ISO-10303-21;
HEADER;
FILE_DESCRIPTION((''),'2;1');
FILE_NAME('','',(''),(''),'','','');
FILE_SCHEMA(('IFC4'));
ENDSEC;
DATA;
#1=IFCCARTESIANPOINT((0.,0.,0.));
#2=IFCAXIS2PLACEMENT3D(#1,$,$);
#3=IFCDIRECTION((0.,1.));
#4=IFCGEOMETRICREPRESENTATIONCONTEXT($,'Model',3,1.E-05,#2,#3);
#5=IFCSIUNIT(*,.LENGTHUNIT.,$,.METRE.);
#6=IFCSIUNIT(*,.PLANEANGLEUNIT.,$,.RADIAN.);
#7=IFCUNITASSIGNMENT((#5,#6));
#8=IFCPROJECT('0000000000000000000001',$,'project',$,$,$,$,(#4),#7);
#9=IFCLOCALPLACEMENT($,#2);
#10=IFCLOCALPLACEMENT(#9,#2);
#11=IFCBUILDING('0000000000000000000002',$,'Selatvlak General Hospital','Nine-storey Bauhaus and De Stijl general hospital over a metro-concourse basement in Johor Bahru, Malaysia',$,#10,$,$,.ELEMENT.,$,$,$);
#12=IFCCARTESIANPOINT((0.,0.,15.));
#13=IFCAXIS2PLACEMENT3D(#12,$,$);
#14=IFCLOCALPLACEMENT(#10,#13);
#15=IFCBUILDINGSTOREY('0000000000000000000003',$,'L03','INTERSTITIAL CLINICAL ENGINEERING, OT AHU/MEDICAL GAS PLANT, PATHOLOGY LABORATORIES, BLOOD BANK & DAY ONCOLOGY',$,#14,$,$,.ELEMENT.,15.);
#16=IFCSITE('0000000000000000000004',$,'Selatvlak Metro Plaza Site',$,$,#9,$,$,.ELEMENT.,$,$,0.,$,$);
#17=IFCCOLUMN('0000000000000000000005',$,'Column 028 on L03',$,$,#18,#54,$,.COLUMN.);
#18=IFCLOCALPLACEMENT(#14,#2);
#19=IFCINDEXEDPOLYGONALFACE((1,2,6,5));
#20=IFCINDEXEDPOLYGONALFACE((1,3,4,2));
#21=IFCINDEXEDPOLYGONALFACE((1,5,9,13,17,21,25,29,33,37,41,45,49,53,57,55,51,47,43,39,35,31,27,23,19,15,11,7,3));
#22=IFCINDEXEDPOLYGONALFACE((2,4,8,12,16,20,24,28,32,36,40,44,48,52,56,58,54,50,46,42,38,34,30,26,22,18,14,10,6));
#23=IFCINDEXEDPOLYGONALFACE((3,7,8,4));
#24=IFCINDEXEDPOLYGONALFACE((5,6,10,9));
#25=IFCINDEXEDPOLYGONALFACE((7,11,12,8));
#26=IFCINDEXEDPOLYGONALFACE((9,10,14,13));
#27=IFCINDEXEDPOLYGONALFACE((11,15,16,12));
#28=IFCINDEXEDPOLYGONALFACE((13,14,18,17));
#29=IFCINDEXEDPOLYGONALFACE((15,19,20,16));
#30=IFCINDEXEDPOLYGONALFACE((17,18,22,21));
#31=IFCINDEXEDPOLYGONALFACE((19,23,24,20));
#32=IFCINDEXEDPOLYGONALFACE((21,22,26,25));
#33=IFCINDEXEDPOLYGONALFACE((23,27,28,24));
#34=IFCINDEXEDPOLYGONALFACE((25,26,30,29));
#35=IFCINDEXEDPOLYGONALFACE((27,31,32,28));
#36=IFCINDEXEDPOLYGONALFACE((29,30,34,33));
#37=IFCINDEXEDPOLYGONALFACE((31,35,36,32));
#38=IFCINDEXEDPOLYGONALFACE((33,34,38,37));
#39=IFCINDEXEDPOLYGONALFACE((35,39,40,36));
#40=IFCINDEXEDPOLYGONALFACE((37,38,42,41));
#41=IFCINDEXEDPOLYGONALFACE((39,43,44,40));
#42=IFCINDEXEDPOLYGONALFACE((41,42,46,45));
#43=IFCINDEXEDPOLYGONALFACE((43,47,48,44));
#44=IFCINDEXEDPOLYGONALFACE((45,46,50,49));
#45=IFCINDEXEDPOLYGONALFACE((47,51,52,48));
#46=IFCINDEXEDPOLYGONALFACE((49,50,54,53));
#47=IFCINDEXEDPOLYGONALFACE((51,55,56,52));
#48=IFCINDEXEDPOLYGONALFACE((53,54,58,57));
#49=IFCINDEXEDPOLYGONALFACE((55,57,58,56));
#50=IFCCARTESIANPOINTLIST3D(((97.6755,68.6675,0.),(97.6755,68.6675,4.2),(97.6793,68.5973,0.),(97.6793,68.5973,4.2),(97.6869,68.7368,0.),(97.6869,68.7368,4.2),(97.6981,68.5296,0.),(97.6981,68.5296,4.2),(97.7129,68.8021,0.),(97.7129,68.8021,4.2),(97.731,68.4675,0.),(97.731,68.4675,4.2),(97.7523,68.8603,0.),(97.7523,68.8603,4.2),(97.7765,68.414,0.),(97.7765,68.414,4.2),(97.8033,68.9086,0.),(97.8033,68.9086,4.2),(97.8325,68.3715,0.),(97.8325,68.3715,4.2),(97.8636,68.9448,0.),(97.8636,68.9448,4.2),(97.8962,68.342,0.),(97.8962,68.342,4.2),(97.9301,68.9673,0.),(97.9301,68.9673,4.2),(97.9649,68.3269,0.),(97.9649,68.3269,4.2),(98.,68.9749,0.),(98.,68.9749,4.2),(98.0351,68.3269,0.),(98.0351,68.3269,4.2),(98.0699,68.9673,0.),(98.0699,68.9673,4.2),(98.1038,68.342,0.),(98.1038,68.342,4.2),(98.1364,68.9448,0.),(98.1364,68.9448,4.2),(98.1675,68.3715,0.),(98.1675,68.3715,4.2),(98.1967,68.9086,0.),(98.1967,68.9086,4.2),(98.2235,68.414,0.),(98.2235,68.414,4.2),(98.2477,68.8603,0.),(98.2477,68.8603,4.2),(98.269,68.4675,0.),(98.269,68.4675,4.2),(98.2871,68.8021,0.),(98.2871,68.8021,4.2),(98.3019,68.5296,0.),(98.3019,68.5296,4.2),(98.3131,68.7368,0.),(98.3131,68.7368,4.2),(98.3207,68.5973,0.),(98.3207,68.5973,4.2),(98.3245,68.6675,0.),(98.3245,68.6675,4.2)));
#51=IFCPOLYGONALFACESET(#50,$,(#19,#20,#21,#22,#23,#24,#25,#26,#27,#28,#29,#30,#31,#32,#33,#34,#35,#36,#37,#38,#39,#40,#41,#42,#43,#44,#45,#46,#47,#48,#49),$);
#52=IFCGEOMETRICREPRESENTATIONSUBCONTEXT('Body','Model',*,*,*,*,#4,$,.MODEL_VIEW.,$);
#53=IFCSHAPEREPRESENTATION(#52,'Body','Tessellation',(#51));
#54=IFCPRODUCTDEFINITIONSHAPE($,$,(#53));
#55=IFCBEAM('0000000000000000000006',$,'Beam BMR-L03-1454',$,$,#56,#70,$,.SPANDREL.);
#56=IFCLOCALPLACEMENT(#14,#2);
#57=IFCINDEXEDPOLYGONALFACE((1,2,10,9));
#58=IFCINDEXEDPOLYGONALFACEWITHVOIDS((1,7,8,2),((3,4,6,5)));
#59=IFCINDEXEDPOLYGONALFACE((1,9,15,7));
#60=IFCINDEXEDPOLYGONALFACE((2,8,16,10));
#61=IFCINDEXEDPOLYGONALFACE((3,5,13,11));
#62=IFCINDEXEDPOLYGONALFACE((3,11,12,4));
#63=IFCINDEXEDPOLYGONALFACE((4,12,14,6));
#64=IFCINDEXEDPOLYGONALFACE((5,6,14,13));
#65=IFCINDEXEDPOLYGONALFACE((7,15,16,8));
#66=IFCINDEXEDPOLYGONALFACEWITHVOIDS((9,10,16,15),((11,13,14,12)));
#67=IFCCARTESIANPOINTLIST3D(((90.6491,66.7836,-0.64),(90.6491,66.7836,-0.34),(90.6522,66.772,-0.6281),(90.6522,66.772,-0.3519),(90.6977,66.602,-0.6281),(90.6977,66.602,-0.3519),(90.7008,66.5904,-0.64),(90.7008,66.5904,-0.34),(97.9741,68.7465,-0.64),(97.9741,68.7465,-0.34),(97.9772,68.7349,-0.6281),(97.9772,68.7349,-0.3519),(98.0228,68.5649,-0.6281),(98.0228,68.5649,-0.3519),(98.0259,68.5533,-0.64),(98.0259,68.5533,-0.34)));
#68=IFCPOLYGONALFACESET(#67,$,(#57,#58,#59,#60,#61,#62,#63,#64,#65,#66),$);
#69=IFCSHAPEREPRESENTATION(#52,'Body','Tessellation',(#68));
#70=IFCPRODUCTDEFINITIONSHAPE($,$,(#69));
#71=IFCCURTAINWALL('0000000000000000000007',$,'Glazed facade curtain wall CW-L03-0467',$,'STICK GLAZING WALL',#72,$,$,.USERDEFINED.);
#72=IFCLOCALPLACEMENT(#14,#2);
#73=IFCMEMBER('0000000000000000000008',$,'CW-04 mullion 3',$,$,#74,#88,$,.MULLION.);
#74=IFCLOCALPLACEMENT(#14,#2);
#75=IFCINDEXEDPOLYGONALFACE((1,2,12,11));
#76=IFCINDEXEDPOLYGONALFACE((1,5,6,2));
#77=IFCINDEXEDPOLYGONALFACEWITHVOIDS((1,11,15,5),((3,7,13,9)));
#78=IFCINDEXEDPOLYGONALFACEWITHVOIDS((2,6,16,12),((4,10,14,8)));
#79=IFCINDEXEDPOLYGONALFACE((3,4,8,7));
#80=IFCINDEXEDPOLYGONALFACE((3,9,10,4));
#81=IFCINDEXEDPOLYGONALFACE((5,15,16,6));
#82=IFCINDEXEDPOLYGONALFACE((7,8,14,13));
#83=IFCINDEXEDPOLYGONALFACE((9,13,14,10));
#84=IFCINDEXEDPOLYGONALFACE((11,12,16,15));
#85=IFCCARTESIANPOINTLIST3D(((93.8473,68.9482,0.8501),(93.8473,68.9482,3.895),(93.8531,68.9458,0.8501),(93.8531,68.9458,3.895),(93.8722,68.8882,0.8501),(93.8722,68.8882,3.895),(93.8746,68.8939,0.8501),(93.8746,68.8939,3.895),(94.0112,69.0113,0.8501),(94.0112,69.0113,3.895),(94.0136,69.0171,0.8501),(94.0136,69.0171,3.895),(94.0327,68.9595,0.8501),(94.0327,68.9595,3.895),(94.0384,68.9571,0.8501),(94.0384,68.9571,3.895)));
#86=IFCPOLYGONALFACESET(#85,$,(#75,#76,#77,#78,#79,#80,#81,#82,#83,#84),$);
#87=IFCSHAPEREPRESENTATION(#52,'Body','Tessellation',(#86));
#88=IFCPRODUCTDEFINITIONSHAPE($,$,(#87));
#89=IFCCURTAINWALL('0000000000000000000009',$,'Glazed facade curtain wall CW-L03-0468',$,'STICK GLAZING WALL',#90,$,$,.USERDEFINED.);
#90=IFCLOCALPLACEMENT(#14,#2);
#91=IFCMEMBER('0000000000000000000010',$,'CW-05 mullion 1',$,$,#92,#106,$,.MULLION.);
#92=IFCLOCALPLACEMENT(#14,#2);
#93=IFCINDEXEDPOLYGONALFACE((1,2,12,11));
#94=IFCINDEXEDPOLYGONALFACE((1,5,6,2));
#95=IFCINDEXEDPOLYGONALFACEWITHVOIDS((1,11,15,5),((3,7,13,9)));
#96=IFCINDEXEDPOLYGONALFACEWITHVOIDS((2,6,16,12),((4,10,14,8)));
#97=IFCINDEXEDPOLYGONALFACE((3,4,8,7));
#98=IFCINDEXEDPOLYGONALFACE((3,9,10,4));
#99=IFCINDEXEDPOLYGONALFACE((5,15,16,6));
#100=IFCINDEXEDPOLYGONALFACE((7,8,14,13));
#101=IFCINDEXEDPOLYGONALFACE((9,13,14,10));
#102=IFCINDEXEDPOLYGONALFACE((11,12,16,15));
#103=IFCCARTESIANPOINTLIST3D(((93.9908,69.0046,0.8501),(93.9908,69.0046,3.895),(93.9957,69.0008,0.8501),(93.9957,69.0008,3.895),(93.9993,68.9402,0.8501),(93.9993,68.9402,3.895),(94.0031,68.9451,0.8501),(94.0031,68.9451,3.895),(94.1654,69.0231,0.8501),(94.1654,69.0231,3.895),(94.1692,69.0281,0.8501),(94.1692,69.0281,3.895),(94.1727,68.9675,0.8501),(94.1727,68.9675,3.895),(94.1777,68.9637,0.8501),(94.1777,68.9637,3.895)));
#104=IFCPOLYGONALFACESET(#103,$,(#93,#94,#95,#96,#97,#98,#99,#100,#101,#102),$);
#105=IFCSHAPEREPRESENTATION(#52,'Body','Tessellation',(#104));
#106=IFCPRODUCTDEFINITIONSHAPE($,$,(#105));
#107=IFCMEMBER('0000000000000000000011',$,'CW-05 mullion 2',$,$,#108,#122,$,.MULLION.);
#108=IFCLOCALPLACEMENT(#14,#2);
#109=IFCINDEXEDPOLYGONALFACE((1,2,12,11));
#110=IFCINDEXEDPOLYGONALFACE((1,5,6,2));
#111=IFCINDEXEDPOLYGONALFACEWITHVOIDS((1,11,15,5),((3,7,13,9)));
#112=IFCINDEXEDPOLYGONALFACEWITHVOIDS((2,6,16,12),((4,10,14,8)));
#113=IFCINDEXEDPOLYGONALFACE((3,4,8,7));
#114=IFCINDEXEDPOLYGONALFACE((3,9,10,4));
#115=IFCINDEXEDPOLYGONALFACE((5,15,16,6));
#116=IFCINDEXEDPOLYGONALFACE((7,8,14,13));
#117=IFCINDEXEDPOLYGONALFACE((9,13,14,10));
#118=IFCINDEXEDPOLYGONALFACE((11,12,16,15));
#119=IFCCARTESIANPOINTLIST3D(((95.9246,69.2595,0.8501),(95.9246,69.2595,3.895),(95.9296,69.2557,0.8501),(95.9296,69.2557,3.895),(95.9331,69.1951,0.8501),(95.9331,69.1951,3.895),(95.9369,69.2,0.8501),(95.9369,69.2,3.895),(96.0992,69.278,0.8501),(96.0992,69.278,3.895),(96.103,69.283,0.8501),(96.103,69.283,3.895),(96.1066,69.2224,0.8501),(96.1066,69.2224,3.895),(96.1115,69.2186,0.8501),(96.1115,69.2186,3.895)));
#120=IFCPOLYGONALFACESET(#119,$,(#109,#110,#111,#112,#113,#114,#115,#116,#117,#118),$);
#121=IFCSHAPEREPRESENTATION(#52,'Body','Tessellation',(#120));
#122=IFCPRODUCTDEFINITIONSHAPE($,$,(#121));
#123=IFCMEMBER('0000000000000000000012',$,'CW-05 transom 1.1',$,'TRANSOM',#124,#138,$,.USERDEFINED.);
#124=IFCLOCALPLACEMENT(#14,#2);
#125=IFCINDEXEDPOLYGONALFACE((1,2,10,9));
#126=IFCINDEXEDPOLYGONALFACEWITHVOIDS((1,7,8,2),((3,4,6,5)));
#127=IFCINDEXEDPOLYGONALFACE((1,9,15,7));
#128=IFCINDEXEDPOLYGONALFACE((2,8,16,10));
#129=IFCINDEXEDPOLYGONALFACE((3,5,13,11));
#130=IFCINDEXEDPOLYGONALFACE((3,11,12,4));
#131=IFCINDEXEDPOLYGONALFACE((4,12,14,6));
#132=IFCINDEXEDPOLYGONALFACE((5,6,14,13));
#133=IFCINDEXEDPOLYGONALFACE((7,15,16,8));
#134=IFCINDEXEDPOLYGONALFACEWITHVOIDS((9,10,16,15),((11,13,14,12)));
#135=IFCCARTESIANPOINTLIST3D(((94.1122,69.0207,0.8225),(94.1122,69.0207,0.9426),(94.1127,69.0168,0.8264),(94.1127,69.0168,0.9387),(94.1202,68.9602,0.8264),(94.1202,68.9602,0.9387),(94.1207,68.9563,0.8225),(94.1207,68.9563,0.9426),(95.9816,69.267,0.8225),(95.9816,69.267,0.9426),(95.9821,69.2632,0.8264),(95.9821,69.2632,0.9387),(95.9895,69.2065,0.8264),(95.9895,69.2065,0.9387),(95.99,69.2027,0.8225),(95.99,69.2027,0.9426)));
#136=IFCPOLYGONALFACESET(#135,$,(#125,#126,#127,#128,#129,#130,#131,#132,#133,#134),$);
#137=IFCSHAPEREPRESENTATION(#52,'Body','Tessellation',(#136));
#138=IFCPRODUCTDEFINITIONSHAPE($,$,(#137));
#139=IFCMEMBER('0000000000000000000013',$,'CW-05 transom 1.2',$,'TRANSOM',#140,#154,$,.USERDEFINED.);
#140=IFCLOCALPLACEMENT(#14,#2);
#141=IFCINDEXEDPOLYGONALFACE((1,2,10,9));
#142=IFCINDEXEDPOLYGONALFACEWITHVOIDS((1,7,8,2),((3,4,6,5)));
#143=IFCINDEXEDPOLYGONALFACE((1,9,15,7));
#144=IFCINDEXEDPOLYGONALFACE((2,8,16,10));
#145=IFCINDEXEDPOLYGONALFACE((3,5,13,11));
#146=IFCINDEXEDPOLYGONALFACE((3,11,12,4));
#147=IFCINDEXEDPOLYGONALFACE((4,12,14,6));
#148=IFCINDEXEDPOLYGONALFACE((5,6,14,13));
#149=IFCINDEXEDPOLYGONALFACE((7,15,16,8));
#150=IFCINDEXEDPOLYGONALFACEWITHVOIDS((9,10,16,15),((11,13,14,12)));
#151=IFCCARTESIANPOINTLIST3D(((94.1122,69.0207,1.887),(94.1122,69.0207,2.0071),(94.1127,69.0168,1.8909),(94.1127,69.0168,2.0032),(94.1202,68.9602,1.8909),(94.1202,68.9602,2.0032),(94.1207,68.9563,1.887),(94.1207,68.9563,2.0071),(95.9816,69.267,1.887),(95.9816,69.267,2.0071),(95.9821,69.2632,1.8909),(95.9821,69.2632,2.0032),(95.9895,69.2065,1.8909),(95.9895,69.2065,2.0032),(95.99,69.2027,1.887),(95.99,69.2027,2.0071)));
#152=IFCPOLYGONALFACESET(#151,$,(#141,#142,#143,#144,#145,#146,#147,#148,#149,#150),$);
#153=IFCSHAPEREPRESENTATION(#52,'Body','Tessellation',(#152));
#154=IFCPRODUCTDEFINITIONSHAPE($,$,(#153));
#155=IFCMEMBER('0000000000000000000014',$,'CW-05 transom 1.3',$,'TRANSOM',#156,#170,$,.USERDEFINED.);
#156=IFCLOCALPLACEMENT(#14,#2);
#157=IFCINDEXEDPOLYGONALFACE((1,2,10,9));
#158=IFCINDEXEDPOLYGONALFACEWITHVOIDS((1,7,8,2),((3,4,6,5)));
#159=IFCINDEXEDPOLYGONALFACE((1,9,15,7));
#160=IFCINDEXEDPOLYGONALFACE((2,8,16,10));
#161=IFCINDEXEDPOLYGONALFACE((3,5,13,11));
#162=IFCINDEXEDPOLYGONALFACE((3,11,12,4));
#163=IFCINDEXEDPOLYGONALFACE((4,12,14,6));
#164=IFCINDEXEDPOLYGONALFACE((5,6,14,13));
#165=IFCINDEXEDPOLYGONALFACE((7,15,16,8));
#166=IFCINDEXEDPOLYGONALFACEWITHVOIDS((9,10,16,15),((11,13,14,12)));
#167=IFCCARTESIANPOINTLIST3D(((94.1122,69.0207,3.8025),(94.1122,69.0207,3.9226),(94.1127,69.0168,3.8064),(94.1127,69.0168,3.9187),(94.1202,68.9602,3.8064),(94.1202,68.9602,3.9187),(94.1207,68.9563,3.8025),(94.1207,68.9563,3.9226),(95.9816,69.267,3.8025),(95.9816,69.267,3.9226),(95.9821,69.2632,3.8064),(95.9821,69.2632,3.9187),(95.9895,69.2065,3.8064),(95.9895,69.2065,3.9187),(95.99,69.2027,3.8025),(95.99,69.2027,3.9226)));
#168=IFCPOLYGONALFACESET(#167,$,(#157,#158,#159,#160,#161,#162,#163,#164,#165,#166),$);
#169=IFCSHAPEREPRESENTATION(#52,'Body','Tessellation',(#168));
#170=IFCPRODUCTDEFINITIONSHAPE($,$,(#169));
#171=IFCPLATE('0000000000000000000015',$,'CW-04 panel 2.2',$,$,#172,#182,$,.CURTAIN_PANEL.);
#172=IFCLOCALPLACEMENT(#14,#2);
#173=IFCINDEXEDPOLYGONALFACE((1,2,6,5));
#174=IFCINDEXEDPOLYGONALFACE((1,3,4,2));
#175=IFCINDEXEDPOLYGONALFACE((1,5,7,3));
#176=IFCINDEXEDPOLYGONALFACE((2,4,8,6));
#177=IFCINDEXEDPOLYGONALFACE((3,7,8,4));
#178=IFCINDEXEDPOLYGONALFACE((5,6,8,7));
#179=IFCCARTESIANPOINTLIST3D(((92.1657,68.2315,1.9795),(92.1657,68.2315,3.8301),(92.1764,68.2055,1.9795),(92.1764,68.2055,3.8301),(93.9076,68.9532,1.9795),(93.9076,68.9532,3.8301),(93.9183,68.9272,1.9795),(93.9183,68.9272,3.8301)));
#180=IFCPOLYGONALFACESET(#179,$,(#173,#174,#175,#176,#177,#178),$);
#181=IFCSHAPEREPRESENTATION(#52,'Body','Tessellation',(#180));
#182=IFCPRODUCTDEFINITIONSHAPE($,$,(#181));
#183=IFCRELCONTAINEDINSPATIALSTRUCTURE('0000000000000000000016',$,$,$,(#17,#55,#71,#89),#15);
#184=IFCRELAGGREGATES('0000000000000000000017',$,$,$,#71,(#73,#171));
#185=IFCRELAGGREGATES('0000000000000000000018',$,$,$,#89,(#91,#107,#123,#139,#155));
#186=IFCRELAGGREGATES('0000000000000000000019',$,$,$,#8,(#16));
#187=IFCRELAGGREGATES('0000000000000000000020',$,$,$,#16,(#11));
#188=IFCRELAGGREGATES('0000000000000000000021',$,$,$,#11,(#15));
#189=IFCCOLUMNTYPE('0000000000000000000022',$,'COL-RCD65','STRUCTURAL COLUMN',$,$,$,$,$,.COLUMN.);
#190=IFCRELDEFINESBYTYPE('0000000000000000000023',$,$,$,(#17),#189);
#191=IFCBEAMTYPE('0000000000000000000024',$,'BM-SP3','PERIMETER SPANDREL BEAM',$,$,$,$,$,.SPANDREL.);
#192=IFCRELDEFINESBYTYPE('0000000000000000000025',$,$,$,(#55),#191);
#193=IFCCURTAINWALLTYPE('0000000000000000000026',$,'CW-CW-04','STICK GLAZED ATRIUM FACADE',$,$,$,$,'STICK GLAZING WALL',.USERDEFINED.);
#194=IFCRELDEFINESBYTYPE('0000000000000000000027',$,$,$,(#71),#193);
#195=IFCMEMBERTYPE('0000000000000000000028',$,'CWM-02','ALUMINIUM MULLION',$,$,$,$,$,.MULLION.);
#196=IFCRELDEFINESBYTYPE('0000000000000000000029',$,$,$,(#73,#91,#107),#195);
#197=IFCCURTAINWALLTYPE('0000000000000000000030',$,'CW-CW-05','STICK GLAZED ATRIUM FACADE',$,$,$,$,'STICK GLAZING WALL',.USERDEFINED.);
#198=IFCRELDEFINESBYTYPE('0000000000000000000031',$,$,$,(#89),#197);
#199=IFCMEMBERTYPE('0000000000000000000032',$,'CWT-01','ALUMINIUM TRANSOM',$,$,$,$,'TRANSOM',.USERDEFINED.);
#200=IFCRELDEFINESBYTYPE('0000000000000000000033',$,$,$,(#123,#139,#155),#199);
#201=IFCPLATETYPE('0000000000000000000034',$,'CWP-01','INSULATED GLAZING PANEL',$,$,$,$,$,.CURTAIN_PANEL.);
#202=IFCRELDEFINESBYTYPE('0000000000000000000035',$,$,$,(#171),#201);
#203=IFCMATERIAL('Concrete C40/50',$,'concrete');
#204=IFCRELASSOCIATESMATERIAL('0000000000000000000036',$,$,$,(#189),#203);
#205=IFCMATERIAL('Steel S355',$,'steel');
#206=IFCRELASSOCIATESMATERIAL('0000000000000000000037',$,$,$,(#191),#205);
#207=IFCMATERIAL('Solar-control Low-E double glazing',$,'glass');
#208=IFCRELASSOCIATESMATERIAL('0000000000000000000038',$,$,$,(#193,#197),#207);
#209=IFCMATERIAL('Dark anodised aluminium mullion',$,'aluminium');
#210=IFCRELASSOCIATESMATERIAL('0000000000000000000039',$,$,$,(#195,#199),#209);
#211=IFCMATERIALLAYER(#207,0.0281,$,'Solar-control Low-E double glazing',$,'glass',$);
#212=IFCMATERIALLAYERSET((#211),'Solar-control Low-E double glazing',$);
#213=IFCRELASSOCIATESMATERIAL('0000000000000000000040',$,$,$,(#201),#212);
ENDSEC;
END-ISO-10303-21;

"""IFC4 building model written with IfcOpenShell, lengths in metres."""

from ifc_helpers import new_model, si_unit, direction, frame, origin, origin_2d, place, context, subcontext, project, spatial, rectangle, hollow_rectangle, circle, extrude, material, layer, layer_set, material_profile, profile_set, type_object, element, aggregate, save


model = new_model("IFC4")

# Units and contexts
model_context = context("Model", 3, precision=1e-05, world=origin(), true_north=direction((0.0, 1.0)))
body_context = subcontext(model_context, "Body", "Model", "MODEL_VIEW")
ifc_project = project(units=[si_unit("LENGTHUNIT", "METRE"), si_unit("PLANEANGLEUNIT", "RADIAN")], contexts=[model_context])

# Site, building, storey
site_placement = place(None, origin())
site = spatial("IfcSite", under=ifc_project, at=site_placement, Name="Selatvlak Metro Plaza Site", CompositionType="ELEMENT", RefElevation=0.0)
building_placement = place(site_placement, origin())
building = spatial("IfcBuilding", under=site, at=building_placement, Name="Selatvlak General Hospital", Description="Nine-storey Bauhaus and De Stijl general hospital over a metro-concourse basement in Johor Bahru, Malaysia", CompositionType="ELEMENT")
storey_placement = place(building_placement, frame((0.0, 0.0, 15.0)))
storey = spatial("IfcBuildingStorey", under=building, at=storey_placement, Name="L03", Description="INTERSTITIAL CLINICAL ENGINEERING, OT AHU/MEDICAL GAS PLANT, PATHOLOGY LABORATORIES, BLOOD BANK & DAY ONCOLOGY", CompositionType="ELEMENT", Elevation=15.0)

# Column
ifc_material_1 = material(Name="Concrete C40/50", Category="concrete")
ifc_material_profile_1 = material_profile(ifc_material_1, circle(Radius=0.325, at=origin_2d()), Name="RC-COL D650")
ifc_profile_set_1 = profile_set([ifc_material_profile_1], Name="Concrete C40/50")
column_type = type_object("IfcColumnType", Name="COL-RCD65", Description="STRUCTURAL COLUMN", PredefinedType="COLUMN", material=ifc_profile_set_1)
column_placement = place(storey_placement, frame((98.0, 68.6499, 0.0), z_axis=(0.0, 0.0, 1.0), x_axis=(0.0, 1.0, 0.0)))
element("IfcColumn", 1, at=column_placement, inside=storey, type_object=column_type, Name="Column 028 on L03", PredefinedType="COLUMN", context=body_context, shape_type="SweptSolid", body=[
    extrude(circle(Radius=0.325, at=origin_2d()), origin(), (0.0, 0.0, 1.0), 4.2),
])

# Beam
ifc_material_2 = material(Name="Steel S355", Category="steel")
ifc_material_profile_2 = material_profile(ifc_material_2, hollow_rectangle(XDim=0.2, YDim=0.3, WallThickness=0.012, at=origin_2d()), Name="RHS 300x200x12")
ifc_profile_set_2 = profile_set([ifc_material_profile_2], Name="Steel S355")
beam_type = type_object("IfcBeamType", Name="BM-SP3", Description="PERIMETER SPANDREL BEAM", PredefinedType="SPANDREL", material=ifc_profile_set_2)
beam_placement = place(storey_placement, frame((98.0, 68.6499, -0.49), z_axis=(-0.96592, -0.258841, 0.0), x_axis=(0.258841, -0.96592, 0.0)))
element("IfcBeam", 2, at=beam_placement, inside=storey, type_object=beam_type, Name="Beam BMR-L03-1454", PredefinedType="SPANDREL", context=body_context, shape_type="SweptSolid", body=[
    extrude(hollow_rectangle(XDim=0.2, YDim=0.3, WallThickness=0.012, at=origin_2d()), origin(), (0.0, 0.0, 1.0), 7.5835),
])

# Curtain wall, member
ifc_material_3 = material(Name="Solar-control Low-E double glazing", Category="glass")
curtain_wall_type_1 = type_object("IfcCurtainWallType", Name="CW-CW-04", Description="STICK GLAZED ATRIUM FACADE", ElementType="STICK GLAZING WALL", PredefinedType="USERDEFINED", material=ifc_material_3)
curtain_wall_1_placement = place(storey_placement, origin())
curtain_wall_1 = element("IfcCurtainWall", 3, at=curtain_wall_1_placement, inside=storey, type_object=curtain_wall_type_1, Name="Glazed facade curtain wall CW-L03-0467", ObjectType="STICK GLAZING WALL", PredefinedType="USERDEFINED")
ifc_material_4 = material(Name="Dark anodised aluminium mullion", Category="aluminium")
ifc_material_profile_3 = material_profile(ifc_material_4, hollow_rectangle(XDim=0.0649, YDim=0.1799, WallThickness=0.0044, at=origin_2d()), Name="AL-MUL 65x180x4.5")
ifc_profile_set_3 = profile_set([ifc_material_profile_3], Name="Dark anodised aluminium mullion")
member_type_1 = type_object("IfcMemberType", Name="CWM-02", Description="ALUMINIUM MULLION", PredefinedType="MULLION", material=ifc_profile_set_3)
member_1_placement = place(storey_placement, frame((93.9429, 68.9526, 0.8501), z_axis=(0.0, 0.0, 1.0), x_axis=(-0.382753, 0.923851, 0.0)))
member_1 = element("IfcMember", 4, at=member_1_placement, type_object=member_type_1, Name="CW-04 mullion 3", PredefinedType="MULLION", context=body_context, shape_type="SweptSolid", body=[
    extrude(hollow_rectangle(XDim=0.0649, YDim=0.1799, WallThickness=0.0044, at=origin_2d()), origin(), (0.0, 0.0, 1.0), 3.0449),
])

# Curtain wall, members
curtain_wall_type_2 = type_object("IfcCurtainWallType", Name="CW-CW-05", Description="STICK GLAZED ATRIUM FACADE", ElementType="STICK GLAZING WALL", PredefinedType="USERDEFINED", material=ifc_material_3)
curtain_wall_2_placement = place(storey_placement, origin())
curtain_wall_2 = element("IfcCurtainWall", 5, at=curtain_wall_2_placement, inside=storey, type_object=curtain_wall_type_2, Name="Glazed facade curtain wall CW-L03-0468", ObjectType="STICK GLAZING WALL", PredefinedType="USERDEFINED")
member_2_placement = place(storey_placement, frame((94.0842, 68.9841, 0.8501), z_axis=(0.0, 0.0, 1.0), x_axis=(-0.130611, 0.991434, 0.0)))
member_2 = element("IfcMember", 6, at=member_2_placement, type_object=member_type_1, Name="CW-05 mullion 1", PredefinedType="MULLION", context=body_context, shape_type="SweptSolid", body=[
    extrude(hollow_rectangle(XDim=0.0649, YDim=0.1799, WallThickness=0.0044, at=origin_2d()), origin(), (0.0, 0.0, 1.0), 3.0449),
])
member_3_placement = place(storey_placement, frame((96.0181, 69.239, 0.8501), z_axis=(0.0, 0.0, 1.0), x_axis=(-0.130611, 0.991434, 0.0)))
member_3 = element("IfcMember", 7, at=member_3_placement, type_object=member_type_1, Name="CW-05 mullion 2", PredefinedType="MULLION", context=body_context, shape_type="SweptSolid", body=[
    extrude(hollow_rectangle(XDim=0.0649, YDim=0.1799, WallThickness=0.0044, at=origin_2d()), origin(), (0.0, 0.0, 1.0), 3.0449),
])
ifc_material_profile_4 = material_profile(ifc_material_4, hollow_rectangle(XDim=0.0649, YDim=0.1201, WallThickness=0.0039, at=origin_2d()), Name="AL-TRN 65x120x4")
ifc_profile_set_4 = profile_set([ifc_material_profile_4], Name="Dark anodised aluminium mullion")
member_type_2 = type_object("IfcMemberType", Name="CWT-01", Description="ALUMINIUM TRANSOM", ElementType="TRANSOM", PredefinedType="USERDEFINED", material=ifc_profile_set_4)
member_4_placement = place(storey_placement, frame((94.1165, 68.9885, 0.8826), z_axis=(0.991429, 0.130645, 0.0), x_axis=(-0.130645, 0.991429, 0.0)))
member_4 = element("IfcMember", 8, at=member_4_placement, type_object=member_type_2, Name="CW-05 transom 1.1", ObjectType="TRANSOM", PredefinedType="USERDEFINED", context=body_context, shape_type="SweptSolid", body=[
    extrude(hollow_rectangle(XDim=0.0649, YDim=0.1201, WallThickness=0.0039, at=origin_2d()), origin(), (0.0, 0.0, 1.0), 1.8855),
])
member_5_placement = place(storey_placement, frame((94.1165, 68.9885, 1.947), z_axis=(0.991429, 0.130645, 0.0), x_axis=(-0.130645, 0.991429, 0.0)))
member_5 = element("IfcMember", 9, at=member_5_placement, type_object=member_type_2, Name="CW-05 transom 1.2", ObjectType="TRANSOM", PredefinedType="USERDEFINED", context=body_context, shape_type="SweptSolid", body=[
    extrude(hollow_rectangle(XDim=0.0649, YDim=0.1201, WallThickness=0.0039, at=origin_2d()), origin(), (0.0, 0.0, 1.0), 1.8855),
])
member_6_placement = place(storey_placement, frame((94.1165, 68.9885, 3.8625), z_axis=(0.991429, 0.130645, 0.0), x_axis=(-0.130645, 0.991429, 0.0)))
member_6 = element("IfcMember", 10, at=member_6_placement, type_object=member_type_2, Name="CW-05 transom 1.3", ObjectType="TRANSOM", PredefinedType="USERDEFINED", context=body_context, shape_type="SweptSolid", body=[
    extrude(hollow_rectangle(XDim=0.0649, YDim=0.1201, WallThickness=0.0039, at=origin_2d()), origin(), (0.0, 0.0, 1.0), 1.8855),
])

# Plate
ifc_layer_1 = layer(ifc_material_3, 0.0281, Name="Solar-control Low-E double glazing", Category="glass")
ifc_layer_set_1 = layer_set([ifc_layer_1], Name="Solar-control Low-E double glazing")
plate_type = type_object("IfcPlateType", Name="CWP-01", Description="INSULATED GLAZING PANEL", PredefinedType="CURTAIN_PANEL", material=ifc_layer_set_1)
plate_1_placement = place(storey_placement, frame((93.042, 68.5793, 1.9795), z_axis=(0.0, 0.0, 1.0), x_axis=(0.923851, 0.382753, 0.0)))
plate_1 = element("IfcPlate", 11, at=plate_1_placement, type_object=plate_type, Name="CW-04 panel 2.2", PredefinedType="CURTAIN_PANEL", context=body_context, shape_type="SweptSolid", body=[
    extrude(rectangle(XDim=1.8855, YDim=0.0281, at=origin_2d()), origin(), (0.0, 0.0, 1.0), 1.8506),
])
aggregate(curtain_wall_1, [member_1, plate_1])
aggregate(curtain_wall_2, [member_2, member_3, member_4, member_5, member_6])

save(model, "model.ifc")
